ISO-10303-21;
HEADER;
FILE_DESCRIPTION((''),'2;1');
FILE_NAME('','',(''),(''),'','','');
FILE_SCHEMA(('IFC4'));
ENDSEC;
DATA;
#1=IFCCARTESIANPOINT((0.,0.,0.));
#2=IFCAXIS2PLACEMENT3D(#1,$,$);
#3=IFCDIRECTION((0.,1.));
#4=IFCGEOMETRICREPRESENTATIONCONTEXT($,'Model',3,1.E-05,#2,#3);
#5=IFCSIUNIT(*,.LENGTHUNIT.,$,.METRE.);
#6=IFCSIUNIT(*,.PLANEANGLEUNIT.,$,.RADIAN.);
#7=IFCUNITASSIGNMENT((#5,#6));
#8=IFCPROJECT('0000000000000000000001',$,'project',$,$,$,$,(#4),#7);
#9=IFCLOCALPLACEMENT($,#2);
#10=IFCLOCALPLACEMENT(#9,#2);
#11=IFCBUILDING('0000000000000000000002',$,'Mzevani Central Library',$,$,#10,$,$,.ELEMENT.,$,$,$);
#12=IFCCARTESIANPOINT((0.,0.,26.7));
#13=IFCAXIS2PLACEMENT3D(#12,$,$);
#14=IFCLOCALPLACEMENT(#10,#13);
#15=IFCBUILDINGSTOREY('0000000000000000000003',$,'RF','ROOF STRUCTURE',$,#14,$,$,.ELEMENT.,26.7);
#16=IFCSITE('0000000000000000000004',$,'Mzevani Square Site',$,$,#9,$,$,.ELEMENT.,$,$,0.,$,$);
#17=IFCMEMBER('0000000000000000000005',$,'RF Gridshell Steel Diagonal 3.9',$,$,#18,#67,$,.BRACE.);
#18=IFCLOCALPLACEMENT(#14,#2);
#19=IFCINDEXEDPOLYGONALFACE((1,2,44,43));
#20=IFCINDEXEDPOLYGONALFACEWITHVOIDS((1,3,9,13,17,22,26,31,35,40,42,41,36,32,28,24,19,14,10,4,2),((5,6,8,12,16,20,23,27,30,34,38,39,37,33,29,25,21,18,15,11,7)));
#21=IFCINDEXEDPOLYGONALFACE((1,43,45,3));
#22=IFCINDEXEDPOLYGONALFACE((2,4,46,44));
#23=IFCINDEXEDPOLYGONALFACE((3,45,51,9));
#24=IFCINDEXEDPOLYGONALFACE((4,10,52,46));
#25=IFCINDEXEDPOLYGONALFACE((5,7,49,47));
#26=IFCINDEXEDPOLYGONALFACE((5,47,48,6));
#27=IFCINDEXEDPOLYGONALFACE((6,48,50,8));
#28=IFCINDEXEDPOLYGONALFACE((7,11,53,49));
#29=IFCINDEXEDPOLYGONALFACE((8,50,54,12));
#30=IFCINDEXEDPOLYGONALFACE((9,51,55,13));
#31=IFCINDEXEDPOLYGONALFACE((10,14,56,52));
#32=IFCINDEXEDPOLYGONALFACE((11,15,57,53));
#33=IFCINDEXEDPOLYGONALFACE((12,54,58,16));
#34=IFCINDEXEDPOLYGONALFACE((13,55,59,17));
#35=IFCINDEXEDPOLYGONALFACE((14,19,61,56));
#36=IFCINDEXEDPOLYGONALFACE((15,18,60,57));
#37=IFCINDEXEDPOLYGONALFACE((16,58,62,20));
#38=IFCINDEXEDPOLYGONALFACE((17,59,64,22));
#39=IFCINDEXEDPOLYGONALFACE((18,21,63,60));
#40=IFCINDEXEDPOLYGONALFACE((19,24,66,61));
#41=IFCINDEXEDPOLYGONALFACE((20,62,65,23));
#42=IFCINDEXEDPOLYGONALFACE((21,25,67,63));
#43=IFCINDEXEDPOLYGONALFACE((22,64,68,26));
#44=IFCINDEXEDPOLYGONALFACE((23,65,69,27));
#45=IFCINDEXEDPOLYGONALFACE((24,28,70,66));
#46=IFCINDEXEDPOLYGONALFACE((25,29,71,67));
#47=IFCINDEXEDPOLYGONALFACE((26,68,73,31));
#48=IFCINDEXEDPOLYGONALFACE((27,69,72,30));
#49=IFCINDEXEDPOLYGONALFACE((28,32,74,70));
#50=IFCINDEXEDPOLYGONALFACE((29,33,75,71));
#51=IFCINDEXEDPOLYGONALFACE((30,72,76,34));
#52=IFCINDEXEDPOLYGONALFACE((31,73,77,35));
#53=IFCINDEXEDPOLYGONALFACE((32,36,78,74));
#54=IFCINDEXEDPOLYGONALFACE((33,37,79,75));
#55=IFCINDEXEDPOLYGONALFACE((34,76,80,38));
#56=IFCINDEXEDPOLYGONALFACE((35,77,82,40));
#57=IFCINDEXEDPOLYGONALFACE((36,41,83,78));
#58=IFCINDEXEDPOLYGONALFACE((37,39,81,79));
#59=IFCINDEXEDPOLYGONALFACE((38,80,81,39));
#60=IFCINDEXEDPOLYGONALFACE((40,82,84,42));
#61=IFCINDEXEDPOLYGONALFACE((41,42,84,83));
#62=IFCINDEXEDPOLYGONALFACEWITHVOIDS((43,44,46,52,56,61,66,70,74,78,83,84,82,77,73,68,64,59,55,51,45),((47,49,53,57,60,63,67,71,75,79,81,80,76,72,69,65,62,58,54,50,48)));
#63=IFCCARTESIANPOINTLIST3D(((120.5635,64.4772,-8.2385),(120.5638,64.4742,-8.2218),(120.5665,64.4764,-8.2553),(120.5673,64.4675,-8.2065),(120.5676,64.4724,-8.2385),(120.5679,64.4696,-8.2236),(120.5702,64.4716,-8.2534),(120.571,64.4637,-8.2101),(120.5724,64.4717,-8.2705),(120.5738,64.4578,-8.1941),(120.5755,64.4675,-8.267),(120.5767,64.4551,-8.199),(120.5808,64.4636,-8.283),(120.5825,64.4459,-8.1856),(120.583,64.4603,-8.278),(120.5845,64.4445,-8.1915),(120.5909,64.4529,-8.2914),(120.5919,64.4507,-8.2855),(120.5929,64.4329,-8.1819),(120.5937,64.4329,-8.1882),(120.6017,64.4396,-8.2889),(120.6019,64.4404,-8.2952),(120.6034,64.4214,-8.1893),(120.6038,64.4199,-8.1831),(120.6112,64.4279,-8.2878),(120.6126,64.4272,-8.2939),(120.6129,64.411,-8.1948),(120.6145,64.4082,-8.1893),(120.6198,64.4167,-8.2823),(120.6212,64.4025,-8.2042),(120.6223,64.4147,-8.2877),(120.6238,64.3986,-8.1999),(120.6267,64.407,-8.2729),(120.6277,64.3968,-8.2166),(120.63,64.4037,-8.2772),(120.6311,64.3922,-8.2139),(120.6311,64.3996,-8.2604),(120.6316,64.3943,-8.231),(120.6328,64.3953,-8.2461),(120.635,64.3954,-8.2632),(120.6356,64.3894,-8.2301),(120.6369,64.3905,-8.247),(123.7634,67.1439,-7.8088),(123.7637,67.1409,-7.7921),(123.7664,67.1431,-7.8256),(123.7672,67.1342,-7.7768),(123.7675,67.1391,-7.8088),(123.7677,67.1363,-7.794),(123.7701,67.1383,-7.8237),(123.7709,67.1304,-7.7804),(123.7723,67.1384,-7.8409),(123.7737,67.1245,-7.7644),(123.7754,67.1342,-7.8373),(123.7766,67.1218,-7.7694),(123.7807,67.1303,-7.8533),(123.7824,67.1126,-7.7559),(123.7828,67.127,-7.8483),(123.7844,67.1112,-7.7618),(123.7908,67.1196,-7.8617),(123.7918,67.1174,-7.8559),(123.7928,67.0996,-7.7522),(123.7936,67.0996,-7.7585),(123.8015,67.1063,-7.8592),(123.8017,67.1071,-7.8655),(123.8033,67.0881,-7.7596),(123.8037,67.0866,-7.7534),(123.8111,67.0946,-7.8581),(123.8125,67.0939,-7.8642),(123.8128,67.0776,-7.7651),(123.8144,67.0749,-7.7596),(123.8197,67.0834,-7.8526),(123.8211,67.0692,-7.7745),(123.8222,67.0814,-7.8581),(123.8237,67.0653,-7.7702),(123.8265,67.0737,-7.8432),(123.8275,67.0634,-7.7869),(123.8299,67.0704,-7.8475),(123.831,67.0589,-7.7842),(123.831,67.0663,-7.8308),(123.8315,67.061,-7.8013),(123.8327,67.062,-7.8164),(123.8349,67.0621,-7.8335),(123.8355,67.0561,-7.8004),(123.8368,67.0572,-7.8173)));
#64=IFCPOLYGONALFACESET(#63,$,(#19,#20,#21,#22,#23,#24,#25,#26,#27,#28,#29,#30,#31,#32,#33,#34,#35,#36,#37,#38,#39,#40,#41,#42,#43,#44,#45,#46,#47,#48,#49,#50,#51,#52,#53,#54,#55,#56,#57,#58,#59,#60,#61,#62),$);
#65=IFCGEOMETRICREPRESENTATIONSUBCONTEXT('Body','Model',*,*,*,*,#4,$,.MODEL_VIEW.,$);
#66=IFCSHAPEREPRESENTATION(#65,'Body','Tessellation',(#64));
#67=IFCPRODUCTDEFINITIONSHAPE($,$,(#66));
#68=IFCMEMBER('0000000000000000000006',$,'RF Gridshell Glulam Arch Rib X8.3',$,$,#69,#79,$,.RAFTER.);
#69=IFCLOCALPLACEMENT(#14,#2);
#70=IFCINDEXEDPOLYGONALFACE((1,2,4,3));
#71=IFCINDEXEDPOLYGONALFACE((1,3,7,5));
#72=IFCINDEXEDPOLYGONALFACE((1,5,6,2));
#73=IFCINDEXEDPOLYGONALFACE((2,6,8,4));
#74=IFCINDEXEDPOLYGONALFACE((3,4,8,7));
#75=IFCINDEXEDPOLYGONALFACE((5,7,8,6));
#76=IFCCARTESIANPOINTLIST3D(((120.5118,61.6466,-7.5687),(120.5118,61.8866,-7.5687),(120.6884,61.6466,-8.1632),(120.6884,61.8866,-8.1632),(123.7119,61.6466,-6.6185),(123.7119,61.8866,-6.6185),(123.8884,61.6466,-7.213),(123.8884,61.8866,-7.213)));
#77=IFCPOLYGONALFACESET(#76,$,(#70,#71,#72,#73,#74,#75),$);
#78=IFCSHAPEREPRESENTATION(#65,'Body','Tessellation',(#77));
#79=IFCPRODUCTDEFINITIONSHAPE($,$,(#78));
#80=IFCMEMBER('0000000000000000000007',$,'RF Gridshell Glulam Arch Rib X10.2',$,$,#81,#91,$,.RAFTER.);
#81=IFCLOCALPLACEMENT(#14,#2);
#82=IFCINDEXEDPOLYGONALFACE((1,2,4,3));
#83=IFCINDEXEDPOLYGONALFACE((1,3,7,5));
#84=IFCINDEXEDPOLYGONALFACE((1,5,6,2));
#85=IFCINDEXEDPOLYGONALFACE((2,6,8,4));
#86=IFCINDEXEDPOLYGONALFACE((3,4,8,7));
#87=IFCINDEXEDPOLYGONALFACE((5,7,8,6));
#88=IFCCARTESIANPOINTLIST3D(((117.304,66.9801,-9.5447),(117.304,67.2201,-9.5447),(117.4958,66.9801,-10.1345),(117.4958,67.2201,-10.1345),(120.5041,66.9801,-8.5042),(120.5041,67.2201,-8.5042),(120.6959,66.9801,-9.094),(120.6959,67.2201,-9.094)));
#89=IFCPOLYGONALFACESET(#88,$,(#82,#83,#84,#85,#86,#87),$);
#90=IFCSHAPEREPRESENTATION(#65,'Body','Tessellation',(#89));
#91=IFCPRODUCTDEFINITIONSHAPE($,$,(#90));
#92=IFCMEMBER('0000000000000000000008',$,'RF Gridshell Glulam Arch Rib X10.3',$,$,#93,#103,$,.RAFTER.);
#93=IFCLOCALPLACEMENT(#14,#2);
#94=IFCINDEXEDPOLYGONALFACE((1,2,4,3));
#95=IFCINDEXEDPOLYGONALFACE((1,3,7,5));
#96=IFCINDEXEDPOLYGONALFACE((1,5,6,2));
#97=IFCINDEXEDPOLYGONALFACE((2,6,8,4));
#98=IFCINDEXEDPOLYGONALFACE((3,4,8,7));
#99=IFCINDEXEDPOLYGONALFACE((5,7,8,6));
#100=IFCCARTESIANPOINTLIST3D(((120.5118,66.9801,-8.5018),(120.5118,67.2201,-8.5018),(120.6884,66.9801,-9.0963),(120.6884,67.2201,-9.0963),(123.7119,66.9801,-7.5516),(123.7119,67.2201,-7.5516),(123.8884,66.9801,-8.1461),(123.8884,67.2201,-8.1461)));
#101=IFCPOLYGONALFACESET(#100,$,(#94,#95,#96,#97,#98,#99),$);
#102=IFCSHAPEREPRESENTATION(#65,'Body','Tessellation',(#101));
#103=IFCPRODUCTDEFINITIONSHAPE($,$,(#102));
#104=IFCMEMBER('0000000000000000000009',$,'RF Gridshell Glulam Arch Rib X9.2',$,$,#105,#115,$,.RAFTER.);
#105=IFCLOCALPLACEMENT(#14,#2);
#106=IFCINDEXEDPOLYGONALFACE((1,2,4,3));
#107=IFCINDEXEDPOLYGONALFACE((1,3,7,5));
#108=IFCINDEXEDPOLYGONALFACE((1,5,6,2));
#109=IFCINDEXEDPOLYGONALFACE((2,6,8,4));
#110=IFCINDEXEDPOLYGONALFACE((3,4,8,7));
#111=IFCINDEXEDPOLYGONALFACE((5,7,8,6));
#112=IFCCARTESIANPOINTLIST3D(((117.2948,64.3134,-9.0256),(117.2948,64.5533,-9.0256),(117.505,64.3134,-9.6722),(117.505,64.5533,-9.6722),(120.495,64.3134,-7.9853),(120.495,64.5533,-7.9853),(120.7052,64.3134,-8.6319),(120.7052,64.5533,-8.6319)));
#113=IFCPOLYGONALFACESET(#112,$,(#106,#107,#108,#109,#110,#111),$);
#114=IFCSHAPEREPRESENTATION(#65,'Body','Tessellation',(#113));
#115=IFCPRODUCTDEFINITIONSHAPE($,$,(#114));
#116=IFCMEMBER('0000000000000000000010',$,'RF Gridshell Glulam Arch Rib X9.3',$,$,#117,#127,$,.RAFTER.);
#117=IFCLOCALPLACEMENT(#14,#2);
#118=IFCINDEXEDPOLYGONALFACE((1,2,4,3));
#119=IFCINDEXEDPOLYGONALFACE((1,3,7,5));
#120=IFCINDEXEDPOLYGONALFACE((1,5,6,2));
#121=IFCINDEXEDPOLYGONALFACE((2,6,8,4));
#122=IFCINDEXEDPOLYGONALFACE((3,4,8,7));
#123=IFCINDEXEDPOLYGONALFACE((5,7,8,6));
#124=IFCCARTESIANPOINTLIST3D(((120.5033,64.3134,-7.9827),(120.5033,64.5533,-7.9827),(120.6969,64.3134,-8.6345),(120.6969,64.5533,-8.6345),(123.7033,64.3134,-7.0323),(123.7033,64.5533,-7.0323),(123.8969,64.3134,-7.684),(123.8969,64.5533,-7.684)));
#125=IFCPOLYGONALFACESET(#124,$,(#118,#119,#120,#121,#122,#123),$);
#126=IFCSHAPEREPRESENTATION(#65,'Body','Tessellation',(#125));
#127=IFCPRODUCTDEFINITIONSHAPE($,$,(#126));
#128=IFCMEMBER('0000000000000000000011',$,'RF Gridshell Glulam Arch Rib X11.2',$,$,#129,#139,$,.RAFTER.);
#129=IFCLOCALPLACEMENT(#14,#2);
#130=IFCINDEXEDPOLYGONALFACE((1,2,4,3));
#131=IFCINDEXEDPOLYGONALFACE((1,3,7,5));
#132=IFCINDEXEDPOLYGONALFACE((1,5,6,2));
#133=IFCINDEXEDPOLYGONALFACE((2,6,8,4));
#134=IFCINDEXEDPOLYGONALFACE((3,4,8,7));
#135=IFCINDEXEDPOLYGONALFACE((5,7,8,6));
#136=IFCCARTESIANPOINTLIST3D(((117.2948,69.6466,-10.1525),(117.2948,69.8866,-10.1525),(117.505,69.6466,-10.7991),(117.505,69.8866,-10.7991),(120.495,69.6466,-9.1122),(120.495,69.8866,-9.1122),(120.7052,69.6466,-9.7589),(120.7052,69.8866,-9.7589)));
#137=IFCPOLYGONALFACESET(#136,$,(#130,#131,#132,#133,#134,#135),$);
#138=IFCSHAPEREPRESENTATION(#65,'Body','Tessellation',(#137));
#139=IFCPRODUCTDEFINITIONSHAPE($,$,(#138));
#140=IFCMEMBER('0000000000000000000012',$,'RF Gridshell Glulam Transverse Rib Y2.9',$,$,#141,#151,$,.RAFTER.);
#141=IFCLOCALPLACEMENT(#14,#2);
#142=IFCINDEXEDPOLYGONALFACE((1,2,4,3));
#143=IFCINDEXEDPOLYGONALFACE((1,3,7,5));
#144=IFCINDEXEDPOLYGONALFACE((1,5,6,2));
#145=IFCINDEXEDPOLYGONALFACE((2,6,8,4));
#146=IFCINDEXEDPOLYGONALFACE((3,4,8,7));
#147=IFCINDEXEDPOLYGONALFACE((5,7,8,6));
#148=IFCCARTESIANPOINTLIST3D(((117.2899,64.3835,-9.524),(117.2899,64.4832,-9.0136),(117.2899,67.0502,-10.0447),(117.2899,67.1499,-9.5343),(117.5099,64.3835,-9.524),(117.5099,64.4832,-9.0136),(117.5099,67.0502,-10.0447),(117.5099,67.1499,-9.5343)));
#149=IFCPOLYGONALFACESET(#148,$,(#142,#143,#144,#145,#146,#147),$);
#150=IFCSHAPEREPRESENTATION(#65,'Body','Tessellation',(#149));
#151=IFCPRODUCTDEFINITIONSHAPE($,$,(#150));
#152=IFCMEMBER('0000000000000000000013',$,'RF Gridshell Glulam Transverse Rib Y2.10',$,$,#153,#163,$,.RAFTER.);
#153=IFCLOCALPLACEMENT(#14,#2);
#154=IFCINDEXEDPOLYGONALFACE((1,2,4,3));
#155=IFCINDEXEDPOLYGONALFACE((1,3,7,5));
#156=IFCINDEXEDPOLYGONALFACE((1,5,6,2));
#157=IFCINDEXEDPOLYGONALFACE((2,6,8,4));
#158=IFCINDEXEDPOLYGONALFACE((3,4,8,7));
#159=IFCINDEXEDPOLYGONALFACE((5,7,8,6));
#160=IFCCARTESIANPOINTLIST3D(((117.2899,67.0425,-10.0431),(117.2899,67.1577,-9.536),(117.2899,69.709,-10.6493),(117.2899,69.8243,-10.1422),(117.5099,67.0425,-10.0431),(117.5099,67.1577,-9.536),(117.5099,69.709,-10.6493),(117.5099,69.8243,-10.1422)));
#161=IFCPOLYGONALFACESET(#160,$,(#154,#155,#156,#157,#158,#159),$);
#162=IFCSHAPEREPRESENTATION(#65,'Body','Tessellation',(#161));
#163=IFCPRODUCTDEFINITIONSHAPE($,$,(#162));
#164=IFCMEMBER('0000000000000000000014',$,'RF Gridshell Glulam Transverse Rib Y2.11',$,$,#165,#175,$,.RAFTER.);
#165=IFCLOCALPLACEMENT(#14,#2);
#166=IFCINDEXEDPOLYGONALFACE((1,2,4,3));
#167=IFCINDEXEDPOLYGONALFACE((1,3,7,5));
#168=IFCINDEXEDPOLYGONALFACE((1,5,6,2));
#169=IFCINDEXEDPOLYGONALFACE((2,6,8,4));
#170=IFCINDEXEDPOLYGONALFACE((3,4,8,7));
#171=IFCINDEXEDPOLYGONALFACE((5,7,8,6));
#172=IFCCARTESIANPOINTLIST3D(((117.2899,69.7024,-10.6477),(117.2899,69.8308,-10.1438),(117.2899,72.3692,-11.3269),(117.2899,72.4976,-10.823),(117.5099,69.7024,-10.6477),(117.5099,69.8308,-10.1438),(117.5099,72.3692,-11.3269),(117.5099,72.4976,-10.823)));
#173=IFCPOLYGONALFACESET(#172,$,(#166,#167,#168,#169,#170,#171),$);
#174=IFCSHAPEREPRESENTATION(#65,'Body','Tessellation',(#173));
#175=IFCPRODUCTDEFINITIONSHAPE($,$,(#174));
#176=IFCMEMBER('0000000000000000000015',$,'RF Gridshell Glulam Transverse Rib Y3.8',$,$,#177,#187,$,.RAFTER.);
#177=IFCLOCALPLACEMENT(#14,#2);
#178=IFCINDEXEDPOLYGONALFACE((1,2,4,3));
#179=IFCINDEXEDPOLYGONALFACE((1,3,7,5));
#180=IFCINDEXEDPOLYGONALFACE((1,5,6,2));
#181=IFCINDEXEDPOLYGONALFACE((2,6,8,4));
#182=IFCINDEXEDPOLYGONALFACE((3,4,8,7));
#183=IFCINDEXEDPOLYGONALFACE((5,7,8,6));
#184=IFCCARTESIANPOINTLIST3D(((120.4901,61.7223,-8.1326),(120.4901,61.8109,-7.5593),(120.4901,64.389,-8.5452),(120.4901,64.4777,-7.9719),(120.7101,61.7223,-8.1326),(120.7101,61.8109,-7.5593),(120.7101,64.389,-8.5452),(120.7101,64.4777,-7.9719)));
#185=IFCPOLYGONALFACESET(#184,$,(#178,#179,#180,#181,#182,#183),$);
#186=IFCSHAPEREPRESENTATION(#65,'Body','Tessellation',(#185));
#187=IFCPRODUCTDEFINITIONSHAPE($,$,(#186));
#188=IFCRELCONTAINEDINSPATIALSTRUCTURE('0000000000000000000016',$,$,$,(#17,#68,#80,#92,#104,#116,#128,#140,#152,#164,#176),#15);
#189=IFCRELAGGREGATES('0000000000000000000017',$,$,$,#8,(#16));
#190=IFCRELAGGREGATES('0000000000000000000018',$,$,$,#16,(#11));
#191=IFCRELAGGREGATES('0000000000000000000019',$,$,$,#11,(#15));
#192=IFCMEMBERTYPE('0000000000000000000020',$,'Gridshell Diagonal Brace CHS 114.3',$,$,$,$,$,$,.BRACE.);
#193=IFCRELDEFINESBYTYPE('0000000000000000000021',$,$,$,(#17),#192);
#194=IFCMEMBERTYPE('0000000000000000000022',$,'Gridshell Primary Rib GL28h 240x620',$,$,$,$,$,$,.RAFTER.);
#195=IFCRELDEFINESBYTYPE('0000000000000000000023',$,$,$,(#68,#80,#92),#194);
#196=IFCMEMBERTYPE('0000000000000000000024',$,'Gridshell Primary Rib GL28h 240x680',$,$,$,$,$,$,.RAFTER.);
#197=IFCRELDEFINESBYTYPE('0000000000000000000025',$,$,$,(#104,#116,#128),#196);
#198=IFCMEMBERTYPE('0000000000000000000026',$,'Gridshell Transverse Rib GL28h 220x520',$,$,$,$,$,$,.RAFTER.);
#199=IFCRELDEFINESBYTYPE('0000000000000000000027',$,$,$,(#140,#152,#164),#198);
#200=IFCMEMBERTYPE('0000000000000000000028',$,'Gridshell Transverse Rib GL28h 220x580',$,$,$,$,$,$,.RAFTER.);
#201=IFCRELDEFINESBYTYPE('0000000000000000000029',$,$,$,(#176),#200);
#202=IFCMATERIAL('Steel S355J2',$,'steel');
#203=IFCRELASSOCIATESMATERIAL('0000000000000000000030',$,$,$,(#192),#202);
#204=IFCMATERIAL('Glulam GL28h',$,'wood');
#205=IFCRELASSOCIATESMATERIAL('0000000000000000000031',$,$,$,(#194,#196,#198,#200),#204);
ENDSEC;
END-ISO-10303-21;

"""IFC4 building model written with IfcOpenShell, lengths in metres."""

from ifc_helpers import new_model, si_unit, direction, frame, origin, origin_2d, place, context, subcontext, project, spatial, rectangle, hollow_circle, extrude, material, material_profile, profile_set, type_object, element, save


model = new_model("IFC4")

# Units and contexts
model_context = context("Model", 3, precision=1e-05, world=origin(), true_north=direction((0.0, 1.0)))
body_context = subcontext(model_context, "Body", "Model", "MODEL_VIEW")
ifc_project = project(units=[si_unit("LENGTHUNIT", "METRE"), si_unit("PLANEANGLEUNIT", "RADIAN")], contexts=[model_context])

# Site, building, storey
site_placement = place(None, origin())
site = spatial("IfcSite", under=ifc_project, at=site_placement, Name="Mzevani Square Site", CompositionType="ELEMENT", RefElevation=0.0)
building_placement = place(site_placement, origin())
building = spatial("IfcBuilding", under=site, at=building_placement, Name="Mzevani Central Library", CompositionType="ELEMENT")
storey_placement = place(building_placement, frame((0.0, 0.0, 26.7)))
storey = spatial("IfcBuildingStorey", under=building, at=storey_placement, Name="RF", Description="ROOF STRUCTURE", CompositionType="ELEMENT", Elevation=26.7)

# Members
ifc_material_1 = material(Name="Steel S355J2", Category="steel")
ifc_material_profile_1 = material_profile(ifc_material_1, hollow_circle(Radius=0.0571, WallThickness=0.0063, at=origin_2d()), Name="CHS 114.3x6.3")
ifc_profile_set_1 = profile_set([ifc_material_profile_1], Name="Steel S355J2")
member_type_1 = type_object("IfcMemberType", Name="Gridshell Diagonal Brace CHS 114.3", PredefinedType="BRACE", material=ifc_profile_set_1)
member_1_placement = place(storey_placement, frame((120.6001, 64.4333, -8.2385), z_axis=(0.764152, 0.636823, 0.10261), x_axis=(-0.640202, 0.768207, 0.0)))
element("IfcMember", 1, at=member_1_placement, inside=storey, type_object=member_type_1, Name="RF Gridshell Steel Diagonal 3.9", PredefinedType="BRACE", context=body_context, shape_type="SweptSolid", body=[
    extrude(hollow_circle(Radius=0.0571, WallThickness=0.0063, at=origin_2d()), origin(), (0.0, 0.0, 1.0), 4.1875),
])
ifc_material_2 = material(Name="Glulam GL28h", Category="wood")
ifc_material_profile_2 = material_profile(ifc_material_2, rectangle(XDim=0.24, YDim=0.6201, at=origin_2d()), Name="GL28h 240x620")
ifc_profile_set_2 = profile_set([ifc_material_profile_2], Name="Glulam GL28h")
member_type_2 = type_object("IfcMemberType", Name="Gridshell Primary Rib GL28h 240x620", PredefinedType="RAFTER", material=ifc_profile_set_2)
member_2_placement = place(storey_placement, frame((120.6001, 61.7666, -7.866), z_axis=(0.95863, 0.0, 0.284656), x_axis=(0.0, 1.0, 0.0)))
element("IfcMember", 2, at=member_2_placement, inside=storey, type_object=member_type_2, Name="RF Gridshell Glulam Arch Rib X8.3", PredefinedType="RAFTER", context=body_context, shape_type="SweptSolid", body=[
    extrude(rectangle(XDim=0.24, YDim=0.6201, at=origin_2d()), origin(), (0.0, 0.0, 1.0), 3.3381),
])
member_3_placement = place(storey_placement, frame((117.3999, 67.1001, -9.8396), z_axis=(0.950994, 0.0, 0.309211), x_axis=(0.0, 1.0, 0.0)))
element("IfcMember", 3, at=member_3_placement, inside=storey, type_object=member_type_2, Name="RF Gridshell Glulam Arch Rib X10.2", PredefinedType="RAFTER", context=body_context, shape_type="SweptSolid", body=[
    extrude(rectangle(XDim=0.24, YDim=0.6201, at=origin_2d()), origin(), (0.0, 0.0, 1.0), 3.365),
])
member_4_placement = place(storey_placement, frame((120.6001, 67.1001, -8.7991), z_axis=(0.95863, 0.0, 0.284656), x_axis=(0.0, 1.0, 0.0)))
element("IfcMember", 4, at=member_4_placement, inside=storey, type_object=member_type_2, Name="RF Gridshell Glulam Arch Rib X10.3", PredefinedType="RAFTER", context=body_context, shape_type="SweptSolid", body=[
    extrude(rectangle(XDim=0.24, YDim=0.6201, at=origin_2d()), origin(), (0.0, 0.0, 1.0), 3.3381),
])
ifc_material_profile_3 = material_profile(ifc_material_2, rectangle(XDim=0.24, YDim=0.6799, at=origin_2d()), Name="GL28h 240x680")
ifc_profile_set_3 = profile_set([ifc_material_profile_3], Name="Glulam GL28h")
member_type_3 = type_object("IfcMemberType", Name="Gridshell Primary Rib GL28h 240x680", PredefinedType="RAFTER", material=ifc_profile_set_3)
member_5_placement = place(storey_placement, frame((117.3999, 64.4333, -9.3489), z_axis=(0.951015, 0.0, 0.309145), x_axis=(0.0, 1.0, 0.0)))
element("IfcMember", 5, at=member_5_placement, inside=storey, type_object=member_type_3, Name="RF Gridshell Glulam Arch Rib X9.2", PredefinedType="RAFTER", context=body_context, shape_type="SweptSolid", body=[
    extrude(rectangle(XDim=0.24, YDim=0.6799, at=origin_2d()), origin(), (0.0, 0.0, 1.0), 3.365),
])
member_6_placement = place(storey_placement, frame((120.6001, 64.4333, -8.3086), z_axis=(0.95861, 0.0, 0.284723), x_axis=(0.0, 1.0, 0.0)))
element("IfcMember", 6, at=member_6_placement, inside=storey, type_object=member_type_3, Name="RF Gridshell Glulam Arch Rib X9.3", PredefinedType="RAFTER", context=body_context, shape_type="SweptSolid", body=[
    extrude(rectangle(XDim=0.24, YDim=0.6799, at=origin_2d()), origin(), (0.0, 0.0, 1.0), 3.3381),
])
member_7_placement = place(storey_placement, frame((117.3999, 69.7666, -10.4758), z_axis=(0.951015, 0.0, 0.309145), x_axis=(0.0, 1.0, 0.0)))
element("IfcMember", 7, at=member_7_placement, inside=storey, type_object=member_type_3, Name="RF Gridshell Glulam Arch Rib X11.2", PredefinedType="RAFTER", context=body_context, shape_type="SweptSolid", body=[
    extrude(rectangle(XDim=0.24, YDim=0.6799, at=origin_2d()), origin(), (0.0, 0.0, 1.0), 3.365),
])
ifc_material_profile_4 = material_profile(ifc_material_2, rectangle(XDim=0.22, YDim=0.52, at=origin_2d()), Name="GL28h 220x520")
ifc_profile_set_4 = profile_set([ifc_material_profile_4], Name="Glulam GL28h")
member_type_4 = type_object("IfcMemberType", Name="Gridshell Transverse Rib GL28h 220x520", PredefinedType="RAFTER", material=ifc_profile_set_4)
member_8_placement = place(storey_placement, frame((117.3999, 64.4333, -9.2688), z_axis=(0.0, 0.981462, -0.191656), x_axis=(-1.0, 0.0, 0.0)))
element("IfcMember", 8, at=member_8_placement, inside=storey, type_object=member_type_4, Name="RF Gridshell Glulam Transverse Rib Y2.9", PredefinedType="RAFTER", context=body_context, shape_type="SweptSolid", body=[
    extrude(rectangle(XDim=0.22, YDim=0.52, at=origin_2d()), origin(), (0.0, 0.0, 1.0), 2.717),
])
member_9_placement = place(storey_placement, frame((117.3999, 67.1001, -9.7896), z_axis=(0.0, 0.975119, -0.221683), x_axis=(-1.0, 0.0, 0.0)))
element("IfcMember", 9, at=member_9_placement, inside=storey, type_object=member_type_4, Name="RF Gridshell Glulam Transverse Rib Y2.10", PredefinedType="RAFTER", context=body_context, shape_type="SweptSolid", body=[
    extrude(rectangle(XDim=0.22, YDim=0.52, at=origin_2d()), origin(), (0.0, 0.0, 1.0), 2.7346),
])
member_10_placement = place(storey_placement, frame((117.3999, 69.7666, -10.3958), z_axis=(0.0, 0.969063, -0.246813), x_axis=(-1.0, 0.0, 0.0)))
element("IfcMember", 10, at=member_10_placement, inside=storey, type_object=member_type_4, Name="RF Gridshell Glulam Transverse Rib Y2.11", PredefinedType="RAFTER", context=body_context, shape_type="SweptSolid", body=[
    extrude(rectangle(XDim=0.22, YDim=0.52, at=origin_2d()), origin(), (0.0, 0.0, 1.0), 2.752),
])
ifc_material_profile_5 = material_profile(ifc_material_2, rectangle(XDim=0.22, YDim=0.5801, at=origin_2d()), Name="GL28h 220x580")
ifc_profile_set_5 = profile_set([ifc_material_profile_5], Name="Glulam GL28h")
member_type_5 = type_object("IfcMemberType", Name="Gridshell Transverse Rib GL28h 220x580", PredefinedType="RAFTER", material=ifc_profile_set_5)
member_11_placement = place(storey_placement, frame((120.6001, 61.7666, -7.8459), z_axis=(0.0, 0.988242, -0.1529), x_axis=(-1.0, 0.0, 0.0)))
element("IfcMember", 11, at=member_11_placement, inside=storey, type_object=member_type_5, Name="RF Gridshell Glulam Transverse Rib Y3.8", PredefinedType="RAFTER", context=body_context, shape_type="SweptSolid", body=[
    extrude(rectangle(XDim=0.22, YDim=0.5801, at=origin_2d()), origin(), (0.0, 0.0, 1.0), 2.6985),
])

save(model, "model.ifc")
